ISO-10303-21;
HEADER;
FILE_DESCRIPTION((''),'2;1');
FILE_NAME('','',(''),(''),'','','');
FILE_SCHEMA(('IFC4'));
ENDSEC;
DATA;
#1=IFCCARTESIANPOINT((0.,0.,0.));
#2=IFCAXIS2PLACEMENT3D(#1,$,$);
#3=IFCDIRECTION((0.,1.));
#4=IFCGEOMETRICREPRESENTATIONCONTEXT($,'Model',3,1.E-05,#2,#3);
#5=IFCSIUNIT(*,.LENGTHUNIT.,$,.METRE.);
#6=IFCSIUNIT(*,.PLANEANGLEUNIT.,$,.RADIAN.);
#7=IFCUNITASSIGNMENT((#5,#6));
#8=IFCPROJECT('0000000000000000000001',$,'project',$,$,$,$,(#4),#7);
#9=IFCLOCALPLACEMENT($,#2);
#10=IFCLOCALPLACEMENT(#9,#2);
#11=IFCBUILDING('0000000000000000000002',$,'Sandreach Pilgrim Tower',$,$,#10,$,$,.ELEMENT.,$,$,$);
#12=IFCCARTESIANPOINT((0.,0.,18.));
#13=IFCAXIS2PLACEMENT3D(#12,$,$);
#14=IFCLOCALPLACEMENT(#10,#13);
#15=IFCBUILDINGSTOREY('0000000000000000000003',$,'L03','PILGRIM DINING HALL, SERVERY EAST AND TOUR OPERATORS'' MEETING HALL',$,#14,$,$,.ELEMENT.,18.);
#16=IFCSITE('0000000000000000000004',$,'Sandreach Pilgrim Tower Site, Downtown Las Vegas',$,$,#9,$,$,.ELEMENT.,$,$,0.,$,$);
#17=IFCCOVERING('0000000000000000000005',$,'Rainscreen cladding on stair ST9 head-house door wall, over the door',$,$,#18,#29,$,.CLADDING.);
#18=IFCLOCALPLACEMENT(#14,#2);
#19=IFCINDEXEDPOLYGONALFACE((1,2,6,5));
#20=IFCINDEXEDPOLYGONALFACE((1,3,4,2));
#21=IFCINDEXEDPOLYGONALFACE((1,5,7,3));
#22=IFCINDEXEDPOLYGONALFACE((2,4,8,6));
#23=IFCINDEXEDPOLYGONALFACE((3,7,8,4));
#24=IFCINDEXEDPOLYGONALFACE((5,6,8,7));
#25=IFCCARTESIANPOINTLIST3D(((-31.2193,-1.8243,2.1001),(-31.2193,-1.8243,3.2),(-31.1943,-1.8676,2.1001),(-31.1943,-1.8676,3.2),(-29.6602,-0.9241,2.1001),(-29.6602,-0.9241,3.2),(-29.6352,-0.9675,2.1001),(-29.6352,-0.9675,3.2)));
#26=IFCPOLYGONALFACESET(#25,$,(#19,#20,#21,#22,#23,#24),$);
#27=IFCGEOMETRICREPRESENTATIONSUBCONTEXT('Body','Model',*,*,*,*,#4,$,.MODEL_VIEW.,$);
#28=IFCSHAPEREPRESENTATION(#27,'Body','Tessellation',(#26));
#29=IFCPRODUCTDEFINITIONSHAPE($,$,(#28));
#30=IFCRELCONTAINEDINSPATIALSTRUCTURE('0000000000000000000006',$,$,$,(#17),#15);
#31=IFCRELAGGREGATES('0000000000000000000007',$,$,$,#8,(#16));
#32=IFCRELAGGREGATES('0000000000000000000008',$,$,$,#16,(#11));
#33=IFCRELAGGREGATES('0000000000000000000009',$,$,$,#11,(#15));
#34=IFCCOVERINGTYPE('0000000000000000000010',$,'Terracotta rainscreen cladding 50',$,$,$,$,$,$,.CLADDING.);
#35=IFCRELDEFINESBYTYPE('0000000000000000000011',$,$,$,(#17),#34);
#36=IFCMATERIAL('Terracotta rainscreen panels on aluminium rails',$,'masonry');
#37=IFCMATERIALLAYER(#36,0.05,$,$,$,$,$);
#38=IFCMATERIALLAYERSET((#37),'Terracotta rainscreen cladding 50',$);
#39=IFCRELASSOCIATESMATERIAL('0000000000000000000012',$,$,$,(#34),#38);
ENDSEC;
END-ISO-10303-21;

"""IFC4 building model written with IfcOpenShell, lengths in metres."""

from ifc_helpers import new_model, si_unit, direction, frame, frame_2d, origin, place, context, subcontext, project, spatial, rectangle, extrude, material, layer, layer_set, type_object, element, save


model = new_model("IFC4")

# Units and contexts
model_context = context("Model", 3, precision=1e-05, world=origin(), true_north=direction((0.0, 1.0)))
body_context = subcontext(model_context, "Body", "Model", "MODEL_VIEW")
ifc_project = project(units=[si_unit("LENGTHUNIT", "METRE"), si_unit("PLANEANGLEUNIT", "RADIAN")], contexts=[model_context])

# Site, building, storey
site_placement = place(None, origin())
site = spatial("IfcSite", under=ifc_project, at=site_placement, Name="Sandreach Pilgrim Tower Site, Downtown Las Vegas", CompositionType="ELEMENT", RefElevation=0.0)
building_placement = place(site_placement, origin())
building = spatial("IfcBuilding", under=site, at=building_placement, Name="Sandreach Pilgrim Tower", CompositionType="ELEMENT")
storey_placement = place(building_placement, frame((0.0, 0.0, 18.0)))
storey = spatial("IfcBuildingStorey", under=building, at=storey_placement, Name="L03", Description="PILGRIM DINING HALL, SERVERY EAST AND TOUR OPERATORS' MEETING HALL", CompositionType="ELEMENT", Elevation=18.0)

# Covering
ifc_material_1 = material(Name="Terracotta rainscreen panels on aluminium rails", Category="masonry")
ifc_layer_1 = layer(ifc_material_1, 0.05)
ifc_layer_set_1 = layer_set([ifc_layer_1], Name="Terracotta rainscreen cladding 50")
covering_type = type_object("IfcCoveringType", Name="Terracotta rainscreen cladding 50", PredefinedType="CLADDING", material=ifc_layer_set_1)
covering_1_placement = place(storey_placement, frame((-31.2068, -1.8459, 2.1001), z_axis=(0.0, 0.0, 1.0), x_axis=(0.866023, 0.500004, 0.0)))
element("IfcCovering", 1, at=covering_1_placement, inside=storey, type_object=covering_type, Name="Rainscreen cladding on stair ST9 head-house door wall, over the door", PredefinedType="CLADDING", context=body_context, shape_type="SweptSolid", body=[
    extrude(rectangle(XDim=1.8003, YDim=0.05, at=frame_2d((0.9001, 0.0))), origin(), (0.0, 0.0, 1.0), 1.0999),
])

save(model, "model.ifc")
